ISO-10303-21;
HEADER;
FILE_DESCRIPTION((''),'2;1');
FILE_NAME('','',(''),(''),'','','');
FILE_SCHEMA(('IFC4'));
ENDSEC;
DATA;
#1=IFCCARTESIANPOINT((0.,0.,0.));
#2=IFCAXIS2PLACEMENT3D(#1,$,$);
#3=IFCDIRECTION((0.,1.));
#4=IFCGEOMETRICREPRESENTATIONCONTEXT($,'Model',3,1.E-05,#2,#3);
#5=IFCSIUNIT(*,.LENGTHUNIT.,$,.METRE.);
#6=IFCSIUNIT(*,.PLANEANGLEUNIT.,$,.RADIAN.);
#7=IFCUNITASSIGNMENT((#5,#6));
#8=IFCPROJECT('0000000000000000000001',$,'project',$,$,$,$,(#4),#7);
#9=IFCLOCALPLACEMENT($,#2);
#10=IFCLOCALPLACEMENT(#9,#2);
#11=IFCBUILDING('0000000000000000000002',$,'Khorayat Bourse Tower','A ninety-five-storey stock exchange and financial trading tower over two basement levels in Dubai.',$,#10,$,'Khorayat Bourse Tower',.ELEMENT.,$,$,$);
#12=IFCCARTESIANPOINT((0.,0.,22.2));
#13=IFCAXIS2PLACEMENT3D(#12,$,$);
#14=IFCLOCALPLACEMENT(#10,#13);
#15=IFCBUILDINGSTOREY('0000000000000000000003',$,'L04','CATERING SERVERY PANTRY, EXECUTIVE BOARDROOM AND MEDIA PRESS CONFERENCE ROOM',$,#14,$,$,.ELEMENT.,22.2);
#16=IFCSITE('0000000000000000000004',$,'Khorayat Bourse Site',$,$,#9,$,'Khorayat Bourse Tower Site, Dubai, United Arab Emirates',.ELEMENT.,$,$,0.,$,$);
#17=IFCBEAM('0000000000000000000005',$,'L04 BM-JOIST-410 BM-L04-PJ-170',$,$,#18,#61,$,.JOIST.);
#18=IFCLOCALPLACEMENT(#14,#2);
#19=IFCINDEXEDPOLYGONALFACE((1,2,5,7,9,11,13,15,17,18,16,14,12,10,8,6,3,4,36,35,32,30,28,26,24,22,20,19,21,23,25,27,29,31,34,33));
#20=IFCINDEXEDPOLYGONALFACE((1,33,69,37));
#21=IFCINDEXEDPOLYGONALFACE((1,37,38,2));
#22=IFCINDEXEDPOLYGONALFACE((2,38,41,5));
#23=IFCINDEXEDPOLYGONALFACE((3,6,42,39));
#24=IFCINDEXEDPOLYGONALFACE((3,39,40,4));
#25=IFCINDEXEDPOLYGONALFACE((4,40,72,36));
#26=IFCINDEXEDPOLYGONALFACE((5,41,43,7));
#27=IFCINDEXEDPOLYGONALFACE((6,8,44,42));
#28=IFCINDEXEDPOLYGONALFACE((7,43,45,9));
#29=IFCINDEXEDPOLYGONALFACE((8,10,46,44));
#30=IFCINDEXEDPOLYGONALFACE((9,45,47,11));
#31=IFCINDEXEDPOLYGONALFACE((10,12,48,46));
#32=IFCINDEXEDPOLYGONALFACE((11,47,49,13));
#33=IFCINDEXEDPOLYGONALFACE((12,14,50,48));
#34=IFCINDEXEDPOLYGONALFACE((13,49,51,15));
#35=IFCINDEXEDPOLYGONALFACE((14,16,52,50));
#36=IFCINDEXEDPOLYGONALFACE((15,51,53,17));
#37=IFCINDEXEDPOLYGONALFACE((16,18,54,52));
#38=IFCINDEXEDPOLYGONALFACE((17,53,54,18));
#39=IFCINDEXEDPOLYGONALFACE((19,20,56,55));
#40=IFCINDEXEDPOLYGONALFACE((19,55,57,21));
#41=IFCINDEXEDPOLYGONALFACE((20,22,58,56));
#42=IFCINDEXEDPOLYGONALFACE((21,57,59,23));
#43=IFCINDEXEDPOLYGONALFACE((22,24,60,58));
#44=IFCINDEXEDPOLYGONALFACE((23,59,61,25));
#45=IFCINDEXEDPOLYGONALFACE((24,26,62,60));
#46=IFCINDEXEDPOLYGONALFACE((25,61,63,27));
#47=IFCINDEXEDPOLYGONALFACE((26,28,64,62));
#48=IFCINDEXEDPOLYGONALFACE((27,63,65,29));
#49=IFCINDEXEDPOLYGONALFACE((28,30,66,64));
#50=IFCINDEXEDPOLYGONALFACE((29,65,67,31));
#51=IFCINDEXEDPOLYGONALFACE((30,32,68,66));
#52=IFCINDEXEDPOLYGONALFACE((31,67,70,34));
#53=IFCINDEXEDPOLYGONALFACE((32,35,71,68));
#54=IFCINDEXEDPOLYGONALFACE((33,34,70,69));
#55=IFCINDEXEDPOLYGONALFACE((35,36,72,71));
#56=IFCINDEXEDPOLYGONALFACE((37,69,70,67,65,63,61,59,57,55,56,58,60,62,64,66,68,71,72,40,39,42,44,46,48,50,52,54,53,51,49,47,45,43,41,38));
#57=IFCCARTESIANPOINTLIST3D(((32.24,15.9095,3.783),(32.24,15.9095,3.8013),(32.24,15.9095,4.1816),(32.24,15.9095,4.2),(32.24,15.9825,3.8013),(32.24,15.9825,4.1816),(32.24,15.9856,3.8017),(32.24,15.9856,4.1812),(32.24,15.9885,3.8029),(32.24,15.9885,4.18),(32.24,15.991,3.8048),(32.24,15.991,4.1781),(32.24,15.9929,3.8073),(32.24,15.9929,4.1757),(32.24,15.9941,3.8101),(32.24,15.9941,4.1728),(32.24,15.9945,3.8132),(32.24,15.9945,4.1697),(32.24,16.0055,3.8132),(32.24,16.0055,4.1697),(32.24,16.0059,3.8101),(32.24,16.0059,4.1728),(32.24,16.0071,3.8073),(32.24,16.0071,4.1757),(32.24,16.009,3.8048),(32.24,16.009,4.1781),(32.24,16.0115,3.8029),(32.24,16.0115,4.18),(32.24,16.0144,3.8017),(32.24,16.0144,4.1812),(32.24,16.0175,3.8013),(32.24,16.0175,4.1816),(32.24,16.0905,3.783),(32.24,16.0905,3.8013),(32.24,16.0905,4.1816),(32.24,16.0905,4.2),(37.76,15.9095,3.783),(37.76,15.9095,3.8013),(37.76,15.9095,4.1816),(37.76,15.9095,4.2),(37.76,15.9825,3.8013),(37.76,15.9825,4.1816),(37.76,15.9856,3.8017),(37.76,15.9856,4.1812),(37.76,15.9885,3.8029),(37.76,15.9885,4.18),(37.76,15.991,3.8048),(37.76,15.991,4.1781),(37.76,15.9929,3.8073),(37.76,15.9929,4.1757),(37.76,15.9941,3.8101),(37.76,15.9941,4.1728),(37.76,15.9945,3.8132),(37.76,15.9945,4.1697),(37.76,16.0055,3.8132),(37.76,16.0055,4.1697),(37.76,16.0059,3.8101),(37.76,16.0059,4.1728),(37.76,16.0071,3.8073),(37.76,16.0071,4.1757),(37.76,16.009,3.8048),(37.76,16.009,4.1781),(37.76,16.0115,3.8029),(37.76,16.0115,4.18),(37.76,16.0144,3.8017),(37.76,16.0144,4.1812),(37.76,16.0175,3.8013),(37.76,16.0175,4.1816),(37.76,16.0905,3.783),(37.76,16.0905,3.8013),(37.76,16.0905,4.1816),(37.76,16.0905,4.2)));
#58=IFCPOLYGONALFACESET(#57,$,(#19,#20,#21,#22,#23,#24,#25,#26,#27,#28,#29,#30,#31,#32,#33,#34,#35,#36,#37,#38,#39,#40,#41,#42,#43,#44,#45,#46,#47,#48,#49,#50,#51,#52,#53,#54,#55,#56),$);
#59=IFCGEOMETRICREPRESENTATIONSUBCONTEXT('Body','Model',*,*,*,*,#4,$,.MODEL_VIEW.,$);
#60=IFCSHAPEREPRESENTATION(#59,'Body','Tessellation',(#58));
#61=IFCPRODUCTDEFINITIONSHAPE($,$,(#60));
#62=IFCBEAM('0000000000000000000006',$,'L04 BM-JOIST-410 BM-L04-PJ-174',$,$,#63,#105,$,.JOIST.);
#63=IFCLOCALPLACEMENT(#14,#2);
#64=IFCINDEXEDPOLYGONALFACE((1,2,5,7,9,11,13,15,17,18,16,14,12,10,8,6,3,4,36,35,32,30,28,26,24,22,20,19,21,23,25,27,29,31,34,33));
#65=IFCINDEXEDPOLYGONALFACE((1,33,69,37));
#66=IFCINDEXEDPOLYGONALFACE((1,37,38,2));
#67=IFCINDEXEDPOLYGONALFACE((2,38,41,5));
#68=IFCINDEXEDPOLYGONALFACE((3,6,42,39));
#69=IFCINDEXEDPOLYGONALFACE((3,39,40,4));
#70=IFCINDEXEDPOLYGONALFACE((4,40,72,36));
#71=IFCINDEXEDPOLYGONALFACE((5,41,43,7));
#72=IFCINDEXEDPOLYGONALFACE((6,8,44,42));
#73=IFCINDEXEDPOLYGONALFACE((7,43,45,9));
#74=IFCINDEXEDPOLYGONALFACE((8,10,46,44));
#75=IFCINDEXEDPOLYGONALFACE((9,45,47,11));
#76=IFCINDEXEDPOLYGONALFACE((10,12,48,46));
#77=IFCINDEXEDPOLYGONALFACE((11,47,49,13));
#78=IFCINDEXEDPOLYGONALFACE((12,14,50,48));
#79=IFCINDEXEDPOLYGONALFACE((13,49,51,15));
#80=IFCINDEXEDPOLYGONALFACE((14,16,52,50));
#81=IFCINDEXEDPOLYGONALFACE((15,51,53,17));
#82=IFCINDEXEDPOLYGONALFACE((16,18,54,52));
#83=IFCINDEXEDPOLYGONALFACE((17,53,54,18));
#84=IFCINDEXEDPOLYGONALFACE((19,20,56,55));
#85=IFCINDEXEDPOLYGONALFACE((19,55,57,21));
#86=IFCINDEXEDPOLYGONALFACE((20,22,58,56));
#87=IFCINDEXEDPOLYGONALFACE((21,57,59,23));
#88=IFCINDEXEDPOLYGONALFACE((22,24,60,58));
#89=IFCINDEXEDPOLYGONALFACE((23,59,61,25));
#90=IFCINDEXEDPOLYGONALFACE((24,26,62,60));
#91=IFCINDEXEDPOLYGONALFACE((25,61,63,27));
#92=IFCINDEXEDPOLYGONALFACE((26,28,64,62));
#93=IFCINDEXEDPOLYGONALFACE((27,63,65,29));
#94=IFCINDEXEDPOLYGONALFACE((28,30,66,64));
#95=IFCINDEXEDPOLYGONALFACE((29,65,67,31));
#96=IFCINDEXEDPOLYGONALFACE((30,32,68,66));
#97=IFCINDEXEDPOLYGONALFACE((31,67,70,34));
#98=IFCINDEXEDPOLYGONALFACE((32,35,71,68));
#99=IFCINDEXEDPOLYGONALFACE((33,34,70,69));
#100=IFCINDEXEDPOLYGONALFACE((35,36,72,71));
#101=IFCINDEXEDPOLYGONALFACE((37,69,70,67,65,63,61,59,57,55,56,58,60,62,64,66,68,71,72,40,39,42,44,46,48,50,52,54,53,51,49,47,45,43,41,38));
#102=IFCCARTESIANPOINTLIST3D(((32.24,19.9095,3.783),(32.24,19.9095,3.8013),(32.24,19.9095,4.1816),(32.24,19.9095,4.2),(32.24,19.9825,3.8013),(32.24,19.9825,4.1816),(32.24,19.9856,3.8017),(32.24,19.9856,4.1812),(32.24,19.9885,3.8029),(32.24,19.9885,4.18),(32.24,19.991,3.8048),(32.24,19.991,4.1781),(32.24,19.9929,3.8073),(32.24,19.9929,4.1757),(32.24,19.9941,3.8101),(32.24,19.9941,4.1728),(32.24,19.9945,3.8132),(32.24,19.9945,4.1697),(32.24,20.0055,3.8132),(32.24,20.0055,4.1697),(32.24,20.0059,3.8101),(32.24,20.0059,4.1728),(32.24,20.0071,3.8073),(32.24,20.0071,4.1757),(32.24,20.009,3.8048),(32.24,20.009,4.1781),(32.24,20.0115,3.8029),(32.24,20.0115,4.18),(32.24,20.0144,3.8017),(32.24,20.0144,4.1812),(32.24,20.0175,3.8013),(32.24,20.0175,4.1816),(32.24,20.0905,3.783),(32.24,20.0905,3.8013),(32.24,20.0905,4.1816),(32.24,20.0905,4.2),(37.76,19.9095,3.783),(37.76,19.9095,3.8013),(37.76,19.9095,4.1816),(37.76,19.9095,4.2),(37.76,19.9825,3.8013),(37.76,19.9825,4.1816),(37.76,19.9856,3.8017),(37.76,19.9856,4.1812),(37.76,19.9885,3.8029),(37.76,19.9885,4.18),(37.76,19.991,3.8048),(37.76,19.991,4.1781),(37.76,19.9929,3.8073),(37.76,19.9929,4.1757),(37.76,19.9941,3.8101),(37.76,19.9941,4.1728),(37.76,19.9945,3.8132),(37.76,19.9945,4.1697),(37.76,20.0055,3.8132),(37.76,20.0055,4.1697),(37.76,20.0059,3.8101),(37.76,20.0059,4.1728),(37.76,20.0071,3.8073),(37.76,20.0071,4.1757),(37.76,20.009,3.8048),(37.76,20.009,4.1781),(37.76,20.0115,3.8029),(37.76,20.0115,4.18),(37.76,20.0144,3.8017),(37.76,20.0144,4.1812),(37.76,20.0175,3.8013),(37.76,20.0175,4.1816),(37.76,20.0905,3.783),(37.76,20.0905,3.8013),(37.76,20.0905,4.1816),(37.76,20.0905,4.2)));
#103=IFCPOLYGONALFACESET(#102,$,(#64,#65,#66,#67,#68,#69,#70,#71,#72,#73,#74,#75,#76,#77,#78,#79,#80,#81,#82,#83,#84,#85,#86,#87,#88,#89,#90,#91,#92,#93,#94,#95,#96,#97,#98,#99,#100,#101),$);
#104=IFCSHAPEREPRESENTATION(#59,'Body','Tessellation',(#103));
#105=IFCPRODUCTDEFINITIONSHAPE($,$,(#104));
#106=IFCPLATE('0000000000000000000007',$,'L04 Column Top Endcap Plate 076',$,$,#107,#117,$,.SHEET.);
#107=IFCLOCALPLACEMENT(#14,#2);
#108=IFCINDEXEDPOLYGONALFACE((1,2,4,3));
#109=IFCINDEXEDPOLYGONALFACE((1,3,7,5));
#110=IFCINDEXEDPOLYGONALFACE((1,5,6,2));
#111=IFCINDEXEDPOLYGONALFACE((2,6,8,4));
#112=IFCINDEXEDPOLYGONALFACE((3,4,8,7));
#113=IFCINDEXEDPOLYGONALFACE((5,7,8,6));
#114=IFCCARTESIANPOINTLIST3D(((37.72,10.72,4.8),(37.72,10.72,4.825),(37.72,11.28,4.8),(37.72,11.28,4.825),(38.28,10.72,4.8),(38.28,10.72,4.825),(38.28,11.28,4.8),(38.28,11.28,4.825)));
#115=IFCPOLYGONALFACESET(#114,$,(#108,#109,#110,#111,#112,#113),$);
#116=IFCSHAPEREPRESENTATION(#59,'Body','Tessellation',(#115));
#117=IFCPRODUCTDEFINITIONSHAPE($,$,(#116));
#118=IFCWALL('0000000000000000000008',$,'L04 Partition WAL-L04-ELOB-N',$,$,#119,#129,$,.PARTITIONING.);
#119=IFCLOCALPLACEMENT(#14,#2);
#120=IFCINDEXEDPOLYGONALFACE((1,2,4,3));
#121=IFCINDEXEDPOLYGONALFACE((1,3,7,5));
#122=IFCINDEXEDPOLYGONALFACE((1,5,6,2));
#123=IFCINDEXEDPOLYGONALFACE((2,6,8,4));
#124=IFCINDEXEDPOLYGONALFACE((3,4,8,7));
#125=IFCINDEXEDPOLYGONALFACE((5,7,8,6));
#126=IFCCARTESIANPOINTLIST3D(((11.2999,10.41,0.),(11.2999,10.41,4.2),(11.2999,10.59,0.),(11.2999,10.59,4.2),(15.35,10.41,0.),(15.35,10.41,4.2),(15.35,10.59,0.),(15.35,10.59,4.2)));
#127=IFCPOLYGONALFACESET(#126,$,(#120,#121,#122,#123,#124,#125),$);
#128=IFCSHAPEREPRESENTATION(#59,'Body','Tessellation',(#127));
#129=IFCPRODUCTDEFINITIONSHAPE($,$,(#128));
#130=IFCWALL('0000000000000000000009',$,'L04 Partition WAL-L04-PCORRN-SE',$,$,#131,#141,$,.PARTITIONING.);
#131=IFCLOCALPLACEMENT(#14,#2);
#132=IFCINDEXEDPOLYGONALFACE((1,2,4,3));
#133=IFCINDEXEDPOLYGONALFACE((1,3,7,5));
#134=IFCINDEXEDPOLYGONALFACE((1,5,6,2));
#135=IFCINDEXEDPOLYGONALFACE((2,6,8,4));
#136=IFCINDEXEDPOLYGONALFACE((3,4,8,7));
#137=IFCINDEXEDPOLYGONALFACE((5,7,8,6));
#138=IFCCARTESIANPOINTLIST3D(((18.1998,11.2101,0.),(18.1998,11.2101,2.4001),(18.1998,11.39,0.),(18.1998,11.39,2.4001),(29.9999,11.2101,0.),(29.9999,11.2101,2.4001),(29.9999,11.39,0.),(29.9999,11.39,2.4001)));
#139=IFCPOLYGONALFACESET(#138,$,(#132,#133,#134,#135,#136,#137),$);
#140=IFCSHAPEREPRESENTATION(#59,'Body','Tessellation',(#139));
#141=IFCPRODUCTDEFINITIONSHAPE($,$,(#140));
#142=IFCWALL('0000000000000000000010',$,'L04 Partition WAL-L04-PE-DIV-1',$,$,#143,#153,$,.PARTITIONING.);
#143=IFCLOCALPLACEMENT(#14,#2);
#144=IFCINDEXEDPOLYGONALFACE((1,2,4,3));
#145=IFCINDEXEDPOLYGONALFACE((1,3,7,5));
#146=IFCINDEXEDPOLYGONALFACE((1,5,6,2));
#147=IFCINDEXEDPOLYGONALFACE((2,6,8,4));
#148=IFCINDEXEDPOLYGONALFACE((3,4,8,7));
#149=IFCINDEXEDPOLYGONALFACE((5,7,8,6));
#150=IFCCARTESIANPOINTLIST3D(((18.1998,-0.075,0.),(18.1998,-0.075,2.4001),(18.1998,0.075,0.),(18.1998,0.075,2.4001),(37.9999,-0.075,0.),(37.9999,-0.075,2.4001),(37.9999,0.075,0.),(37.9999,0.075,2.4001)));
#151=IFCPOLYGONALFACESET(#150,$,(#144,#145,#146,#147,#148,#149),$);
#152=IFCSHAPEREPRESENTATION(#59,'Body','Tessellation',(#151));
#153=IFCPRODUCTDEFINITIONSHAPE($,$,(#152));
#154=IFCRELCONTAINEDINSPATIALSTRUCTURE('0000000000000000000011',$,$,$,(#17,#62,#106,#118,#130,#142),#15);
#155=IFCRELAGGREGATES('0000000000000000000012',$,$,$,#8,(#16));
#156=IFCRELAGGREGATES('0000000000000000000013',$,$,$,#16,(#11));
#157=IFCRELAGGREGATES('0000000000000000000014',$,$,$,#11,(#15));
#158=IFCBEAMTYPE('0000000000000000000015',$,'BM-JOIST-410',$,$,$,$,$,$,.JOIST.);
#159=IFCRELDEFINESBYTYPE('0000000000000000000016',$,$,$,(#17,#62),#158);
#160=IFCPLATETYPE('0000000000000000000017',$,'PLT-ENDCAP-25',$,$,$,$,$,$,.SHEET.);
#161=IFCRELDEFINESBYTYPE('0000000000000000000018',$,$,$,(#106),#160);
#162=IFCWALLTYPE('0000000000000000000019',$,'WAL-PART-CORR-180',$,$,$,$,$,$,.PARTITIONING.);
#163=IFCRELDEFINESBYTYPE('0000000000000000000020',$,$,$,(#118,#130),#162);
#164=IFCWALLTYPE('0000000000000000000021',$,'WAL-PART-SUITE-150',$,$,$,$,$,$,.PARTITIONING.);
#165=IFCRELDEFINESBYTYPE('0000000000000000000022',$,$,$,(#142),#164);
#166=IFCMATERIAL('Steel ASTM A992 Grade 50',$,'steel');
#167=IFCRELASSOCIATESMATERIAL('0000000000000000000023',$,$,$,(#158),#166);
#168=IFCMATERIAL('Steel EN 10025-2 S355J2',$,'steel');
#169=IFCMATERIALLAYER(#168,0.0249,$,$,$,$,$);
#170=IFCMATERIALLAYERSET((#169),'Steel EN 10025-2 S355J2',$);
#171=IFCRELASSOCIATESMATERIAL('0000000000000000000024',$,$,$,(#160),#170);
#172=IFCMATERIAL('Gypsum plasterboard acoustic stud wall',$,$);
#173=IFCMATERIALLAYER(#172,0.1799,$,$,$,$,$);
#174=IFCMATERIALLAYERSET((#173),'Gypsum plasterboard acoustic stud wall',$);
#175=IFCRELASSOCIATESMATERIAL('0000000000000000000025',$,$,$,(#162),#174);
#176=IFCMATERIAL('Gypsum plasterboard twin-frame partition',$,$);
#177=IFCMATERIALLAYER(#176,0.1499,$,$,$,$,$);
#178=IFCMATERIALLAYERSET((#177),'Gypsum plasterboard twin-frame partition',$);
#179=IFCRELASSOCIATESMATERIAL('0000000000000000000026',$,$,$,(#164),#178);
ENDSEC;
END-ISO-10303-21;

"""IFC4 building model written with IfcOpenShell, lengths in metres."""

from ifc_helpers import new_model, si_unit, direction, frame, frame_2d, origin, origin_2d, place, context, subcontext, project, spatial, rectangle, i_section, extrude, source, transform, mapped, material, layer, layer_set, material_profile, profile_set, type_object, element, save


model = new_model("IFC4")

# Units and contexts
model_context = context("Model", 3, precision=1e-05, world=origin(), true_north=direction((0.0, 1.0)))
body_context = subcontext(model_context, "Body", "Model", "MODEL_VIEW")
ifc_project = project(units=[si_unit("LENGTHUNIT", "METRE"), si_unit("PLANEANGLEUNIT", "RADIAN")], contexts=[model_context])

# Site, building, storey
site_placement = place(None, origin())
site = spatial("IfcSite", under=ifc_project, at=site_placement, Name="Khorayat Bourse Site", LongName="Khorayat Bourse Tower Site, Dubai, United Arab Emirates", CompositionType="ELEMENT", RefElevation=0.0)
building_placement = place(site_placement, origin())
building = spatial("IfcBuilding", under=site, at=building_placement, Name="Khorayat Bourse Tower", Description="A ninety-five-storey stock exchange and financial trading tower over two basement levels in Dubai.", LongName="Khorayat Bourse Tower", CompositionType="ELEMENT")
storey_placement = place(building_placement, frame((0.0, 0.0, 22.2)))
storey = spatial("IfcBuildingStorey", under=building, at=storey_placement, Name="L04", Description="CATERING SERVERY PANTRY, EXECUTIVE BOARDROOM AND MEDIA PRESS CONFERENCE ROOM", CompositionType="ELEMENT", Elevation=22.2)

# Shared definitions
ifc_material_1 = material(Name="Steel EN 10025-2 S355J2", Category="steel")

# Beams
ifc_material_2 = material(Name="Steel ASTM A992 Grade 50", Category="steel")
ifc_material_profile_1 = material_profile(ifc_material_2, i_section(OverallWidth=0.1809, OverallDepth=0.417, WebThickness=0.011, FlangeThickness=0.0183, FilletRadius=0.012, at=origin_2d()), Name="W410X85")
ifc_profile_set_1 = profile_set([ifc_material_profile_1], Name="Steel ASTM A992 Grade 50")
beam_type_1 = type_object("IfcBeamType", Name="BM-JOIST-410", PredefinedType="JOIST", material=ifc_profile_set_1)
shared_shape_1 = source(origin(), body_context, "Body", "SweptSolid", [
    extrude(i_section(OverallWidth=0.1809, OverallDepth=0.417, WebThickness=0.011, FlangeThickness=0.0183, FilletRadius=0.012, at=origin_2d()), origin(), (0.0, 0.0, 1.0), 5.52),
])
for number, where, z_axis, x_axis, name in (
    (1, (32.24, 16.0, 3.9915), (1.0, 0.0, 0.0), (0.0, 1.0, 0.0), "L04 BM-JOIST-410 BM-L04-PJ-170"),
    (2, (32.24, 20.0, 3.9915), (1.0, 0.0, 0.0), (0.0, 1.0, 0.0), "L04 BM-JOIST-410 BM-L04-PJ-174"),
):
    element("IfcBeam", number, at=place(storey_placement, frame(where, z_axis=z_axis, x_axis=x_axis)), inside=storey, type_object=beam_type_1, Name=name, PredefinedType="JOIST", context=body_context, shape_type="MappedRepresentation", body=[
        mapped(shared_shape_1, transform((0.0, 0.0, 0.0), scale=1.0)),
    ])

# Plate
ifc_layer_1 = layer(ifc_material_1, 0.0249)
ifc_layer_set_1 = layer_set([ifc_layer_1], Name="Steel EN 10025-2 S355J2")
plate_type = type_object("IfcPlateType", Name="PLT-ENDCAP-25", PredefinedType="SHEET", material=ifc_layer_set_1)
shared_shape_2 = source(origin(), body_context, "Body", "SweptSolid", [
    extrude(rectangle(XDim=0.5601, YDim=0.5601, at=origin_2d()), origin(), (0.0, 0.0, 1.0), 0.0249),
])
plate_placement = place(storey_placement, frame((38.0, 11.0, 4.8), z_axis=(0.0, 0.0, 1.0), x_axis=(1.0, 0.0, 0.0)))
element("IfcPlate", 3, at=plate_placement, inside=storey, type_object=plate_type, Name="L04 Column Top Endcap Plate 076", PredefinedType="SHEET", context=body_context, shape_type="MappedRepresentation", body=[
    mapped(shared_shape_2, transform((0.0, 0.0, 0.0), scale=1.0)),
])

# Walls
ifc_material_3 = material(Name="Gypsum plasterboard acoustic stud wall")
ifc_layer_2 = layer(ifc_material_3, 0.1799)
ifc_layer_set_2 = layer_set([ifc_layer_2], Name="Gypsum plasterboard acoustic stud wall")
wall_type_1 = type_object("IfcWallType", Name="WAL-PART-CORR-180", PredefinedType="PARTITIONING", material=ifc_layer_set_2)
shared_shape_3 = source(origin(), body_context, "Body", "SweptSolid", [
    extrude(rectangle(XDim=4.05, YDim=0.1799, at=frame_2d((2.0249, 0.0))), origin(), (0.0, 0.0, 1.0), 4.2),
])
wall_1_placement = place(storey_placement, frame((11.3, 10.5, 0.0), z_axis=(0.0, 0.0, 1.0), x_axis=(1.0, 0.0, 0.0)))
element("IfcWall", 4, at=wall_1_placement, inside=storey, type_object=wall_type_1, Name="L04 Partition WAL-L04-ELOB-N", PredefinedType="PARTITIONING", context=body_context, shape_type="MappedRepresentation", body=[
    mapped(shared_shape_3, transform((0.0, 0.0, 0.0), scale=1.0)),
])
shared_shape_4 = source(origin(), body_context, "Body", "SweptSolid", [
    extrude(rectangle(XDim=11.8, YDim=0.1799, at=frame_2d((5.8999, 0.0))), origin(), (0.0, 0.0, 1.0), 2.4001),
])
wall_2_placement = place(storey_placement, frame((18.2, 11.3, 0.0), z_axis=(0.0, 0.0, 1.0), x_axis=(1.0, 0.0, 0.0)))
element("IfcWall", 5, at=wall_2_placement, inside=storey, type_object=wall_type_1, Name="L04 Partition WAL-L04-PCORRN-SE", PredefinedType="PARTITIONING", context=body_context, shape_type="MappedRepresentation", body=[
    mapped(shared_shape_4, transform((0.0, 0.0, 0.0), scale=1.0)),
])
ifc_material_4 = material(Name="Gypsum plasterboard twin-frame partition")
ifc_layer_3 = layer(ifc_material_4, 0.1499)
ifc_layer_set_3 = layer_set([ifc_layer_3], Name="Gypsum plasterboard twin-frame partition")
wall_type_2 = type_object("IfcWallType", Name="WAL-PART-SUITE-150", PredefinedType="PARTITIONING", material=ifc_layer_set_3)
shared_shape_5 = source(origin(), body_context, "Body", "SweptSolid", [
    extrude(rectangle(XDim=19.8, YDim=0.1499, at=frame_2d((9.8999, 0.0))), origin(), (0.0, 0.0, 1.0), 2.4001),
])
wall_3_placement = place(storey_placement, frame((18.2, 0.0, 0.0), z_axis=(0.0, 0.0, 1.0), x_axis=(1.0, 0.0, 0.0)))
element("IfcWall", 6, at=wall_3_placement, inside=storey, type_object=wall_type_2, Name="L04 Partition WAL-L04-PE-DIV-1", PredefinedType="PARTITIONING", context=body_context, shape_type="MappedRepresentation", body=[
    mapped(shared_shape_5, transform((0.0, 0.0, 0.0), scale=1.0)),
])

save(model, "model.ifc")
